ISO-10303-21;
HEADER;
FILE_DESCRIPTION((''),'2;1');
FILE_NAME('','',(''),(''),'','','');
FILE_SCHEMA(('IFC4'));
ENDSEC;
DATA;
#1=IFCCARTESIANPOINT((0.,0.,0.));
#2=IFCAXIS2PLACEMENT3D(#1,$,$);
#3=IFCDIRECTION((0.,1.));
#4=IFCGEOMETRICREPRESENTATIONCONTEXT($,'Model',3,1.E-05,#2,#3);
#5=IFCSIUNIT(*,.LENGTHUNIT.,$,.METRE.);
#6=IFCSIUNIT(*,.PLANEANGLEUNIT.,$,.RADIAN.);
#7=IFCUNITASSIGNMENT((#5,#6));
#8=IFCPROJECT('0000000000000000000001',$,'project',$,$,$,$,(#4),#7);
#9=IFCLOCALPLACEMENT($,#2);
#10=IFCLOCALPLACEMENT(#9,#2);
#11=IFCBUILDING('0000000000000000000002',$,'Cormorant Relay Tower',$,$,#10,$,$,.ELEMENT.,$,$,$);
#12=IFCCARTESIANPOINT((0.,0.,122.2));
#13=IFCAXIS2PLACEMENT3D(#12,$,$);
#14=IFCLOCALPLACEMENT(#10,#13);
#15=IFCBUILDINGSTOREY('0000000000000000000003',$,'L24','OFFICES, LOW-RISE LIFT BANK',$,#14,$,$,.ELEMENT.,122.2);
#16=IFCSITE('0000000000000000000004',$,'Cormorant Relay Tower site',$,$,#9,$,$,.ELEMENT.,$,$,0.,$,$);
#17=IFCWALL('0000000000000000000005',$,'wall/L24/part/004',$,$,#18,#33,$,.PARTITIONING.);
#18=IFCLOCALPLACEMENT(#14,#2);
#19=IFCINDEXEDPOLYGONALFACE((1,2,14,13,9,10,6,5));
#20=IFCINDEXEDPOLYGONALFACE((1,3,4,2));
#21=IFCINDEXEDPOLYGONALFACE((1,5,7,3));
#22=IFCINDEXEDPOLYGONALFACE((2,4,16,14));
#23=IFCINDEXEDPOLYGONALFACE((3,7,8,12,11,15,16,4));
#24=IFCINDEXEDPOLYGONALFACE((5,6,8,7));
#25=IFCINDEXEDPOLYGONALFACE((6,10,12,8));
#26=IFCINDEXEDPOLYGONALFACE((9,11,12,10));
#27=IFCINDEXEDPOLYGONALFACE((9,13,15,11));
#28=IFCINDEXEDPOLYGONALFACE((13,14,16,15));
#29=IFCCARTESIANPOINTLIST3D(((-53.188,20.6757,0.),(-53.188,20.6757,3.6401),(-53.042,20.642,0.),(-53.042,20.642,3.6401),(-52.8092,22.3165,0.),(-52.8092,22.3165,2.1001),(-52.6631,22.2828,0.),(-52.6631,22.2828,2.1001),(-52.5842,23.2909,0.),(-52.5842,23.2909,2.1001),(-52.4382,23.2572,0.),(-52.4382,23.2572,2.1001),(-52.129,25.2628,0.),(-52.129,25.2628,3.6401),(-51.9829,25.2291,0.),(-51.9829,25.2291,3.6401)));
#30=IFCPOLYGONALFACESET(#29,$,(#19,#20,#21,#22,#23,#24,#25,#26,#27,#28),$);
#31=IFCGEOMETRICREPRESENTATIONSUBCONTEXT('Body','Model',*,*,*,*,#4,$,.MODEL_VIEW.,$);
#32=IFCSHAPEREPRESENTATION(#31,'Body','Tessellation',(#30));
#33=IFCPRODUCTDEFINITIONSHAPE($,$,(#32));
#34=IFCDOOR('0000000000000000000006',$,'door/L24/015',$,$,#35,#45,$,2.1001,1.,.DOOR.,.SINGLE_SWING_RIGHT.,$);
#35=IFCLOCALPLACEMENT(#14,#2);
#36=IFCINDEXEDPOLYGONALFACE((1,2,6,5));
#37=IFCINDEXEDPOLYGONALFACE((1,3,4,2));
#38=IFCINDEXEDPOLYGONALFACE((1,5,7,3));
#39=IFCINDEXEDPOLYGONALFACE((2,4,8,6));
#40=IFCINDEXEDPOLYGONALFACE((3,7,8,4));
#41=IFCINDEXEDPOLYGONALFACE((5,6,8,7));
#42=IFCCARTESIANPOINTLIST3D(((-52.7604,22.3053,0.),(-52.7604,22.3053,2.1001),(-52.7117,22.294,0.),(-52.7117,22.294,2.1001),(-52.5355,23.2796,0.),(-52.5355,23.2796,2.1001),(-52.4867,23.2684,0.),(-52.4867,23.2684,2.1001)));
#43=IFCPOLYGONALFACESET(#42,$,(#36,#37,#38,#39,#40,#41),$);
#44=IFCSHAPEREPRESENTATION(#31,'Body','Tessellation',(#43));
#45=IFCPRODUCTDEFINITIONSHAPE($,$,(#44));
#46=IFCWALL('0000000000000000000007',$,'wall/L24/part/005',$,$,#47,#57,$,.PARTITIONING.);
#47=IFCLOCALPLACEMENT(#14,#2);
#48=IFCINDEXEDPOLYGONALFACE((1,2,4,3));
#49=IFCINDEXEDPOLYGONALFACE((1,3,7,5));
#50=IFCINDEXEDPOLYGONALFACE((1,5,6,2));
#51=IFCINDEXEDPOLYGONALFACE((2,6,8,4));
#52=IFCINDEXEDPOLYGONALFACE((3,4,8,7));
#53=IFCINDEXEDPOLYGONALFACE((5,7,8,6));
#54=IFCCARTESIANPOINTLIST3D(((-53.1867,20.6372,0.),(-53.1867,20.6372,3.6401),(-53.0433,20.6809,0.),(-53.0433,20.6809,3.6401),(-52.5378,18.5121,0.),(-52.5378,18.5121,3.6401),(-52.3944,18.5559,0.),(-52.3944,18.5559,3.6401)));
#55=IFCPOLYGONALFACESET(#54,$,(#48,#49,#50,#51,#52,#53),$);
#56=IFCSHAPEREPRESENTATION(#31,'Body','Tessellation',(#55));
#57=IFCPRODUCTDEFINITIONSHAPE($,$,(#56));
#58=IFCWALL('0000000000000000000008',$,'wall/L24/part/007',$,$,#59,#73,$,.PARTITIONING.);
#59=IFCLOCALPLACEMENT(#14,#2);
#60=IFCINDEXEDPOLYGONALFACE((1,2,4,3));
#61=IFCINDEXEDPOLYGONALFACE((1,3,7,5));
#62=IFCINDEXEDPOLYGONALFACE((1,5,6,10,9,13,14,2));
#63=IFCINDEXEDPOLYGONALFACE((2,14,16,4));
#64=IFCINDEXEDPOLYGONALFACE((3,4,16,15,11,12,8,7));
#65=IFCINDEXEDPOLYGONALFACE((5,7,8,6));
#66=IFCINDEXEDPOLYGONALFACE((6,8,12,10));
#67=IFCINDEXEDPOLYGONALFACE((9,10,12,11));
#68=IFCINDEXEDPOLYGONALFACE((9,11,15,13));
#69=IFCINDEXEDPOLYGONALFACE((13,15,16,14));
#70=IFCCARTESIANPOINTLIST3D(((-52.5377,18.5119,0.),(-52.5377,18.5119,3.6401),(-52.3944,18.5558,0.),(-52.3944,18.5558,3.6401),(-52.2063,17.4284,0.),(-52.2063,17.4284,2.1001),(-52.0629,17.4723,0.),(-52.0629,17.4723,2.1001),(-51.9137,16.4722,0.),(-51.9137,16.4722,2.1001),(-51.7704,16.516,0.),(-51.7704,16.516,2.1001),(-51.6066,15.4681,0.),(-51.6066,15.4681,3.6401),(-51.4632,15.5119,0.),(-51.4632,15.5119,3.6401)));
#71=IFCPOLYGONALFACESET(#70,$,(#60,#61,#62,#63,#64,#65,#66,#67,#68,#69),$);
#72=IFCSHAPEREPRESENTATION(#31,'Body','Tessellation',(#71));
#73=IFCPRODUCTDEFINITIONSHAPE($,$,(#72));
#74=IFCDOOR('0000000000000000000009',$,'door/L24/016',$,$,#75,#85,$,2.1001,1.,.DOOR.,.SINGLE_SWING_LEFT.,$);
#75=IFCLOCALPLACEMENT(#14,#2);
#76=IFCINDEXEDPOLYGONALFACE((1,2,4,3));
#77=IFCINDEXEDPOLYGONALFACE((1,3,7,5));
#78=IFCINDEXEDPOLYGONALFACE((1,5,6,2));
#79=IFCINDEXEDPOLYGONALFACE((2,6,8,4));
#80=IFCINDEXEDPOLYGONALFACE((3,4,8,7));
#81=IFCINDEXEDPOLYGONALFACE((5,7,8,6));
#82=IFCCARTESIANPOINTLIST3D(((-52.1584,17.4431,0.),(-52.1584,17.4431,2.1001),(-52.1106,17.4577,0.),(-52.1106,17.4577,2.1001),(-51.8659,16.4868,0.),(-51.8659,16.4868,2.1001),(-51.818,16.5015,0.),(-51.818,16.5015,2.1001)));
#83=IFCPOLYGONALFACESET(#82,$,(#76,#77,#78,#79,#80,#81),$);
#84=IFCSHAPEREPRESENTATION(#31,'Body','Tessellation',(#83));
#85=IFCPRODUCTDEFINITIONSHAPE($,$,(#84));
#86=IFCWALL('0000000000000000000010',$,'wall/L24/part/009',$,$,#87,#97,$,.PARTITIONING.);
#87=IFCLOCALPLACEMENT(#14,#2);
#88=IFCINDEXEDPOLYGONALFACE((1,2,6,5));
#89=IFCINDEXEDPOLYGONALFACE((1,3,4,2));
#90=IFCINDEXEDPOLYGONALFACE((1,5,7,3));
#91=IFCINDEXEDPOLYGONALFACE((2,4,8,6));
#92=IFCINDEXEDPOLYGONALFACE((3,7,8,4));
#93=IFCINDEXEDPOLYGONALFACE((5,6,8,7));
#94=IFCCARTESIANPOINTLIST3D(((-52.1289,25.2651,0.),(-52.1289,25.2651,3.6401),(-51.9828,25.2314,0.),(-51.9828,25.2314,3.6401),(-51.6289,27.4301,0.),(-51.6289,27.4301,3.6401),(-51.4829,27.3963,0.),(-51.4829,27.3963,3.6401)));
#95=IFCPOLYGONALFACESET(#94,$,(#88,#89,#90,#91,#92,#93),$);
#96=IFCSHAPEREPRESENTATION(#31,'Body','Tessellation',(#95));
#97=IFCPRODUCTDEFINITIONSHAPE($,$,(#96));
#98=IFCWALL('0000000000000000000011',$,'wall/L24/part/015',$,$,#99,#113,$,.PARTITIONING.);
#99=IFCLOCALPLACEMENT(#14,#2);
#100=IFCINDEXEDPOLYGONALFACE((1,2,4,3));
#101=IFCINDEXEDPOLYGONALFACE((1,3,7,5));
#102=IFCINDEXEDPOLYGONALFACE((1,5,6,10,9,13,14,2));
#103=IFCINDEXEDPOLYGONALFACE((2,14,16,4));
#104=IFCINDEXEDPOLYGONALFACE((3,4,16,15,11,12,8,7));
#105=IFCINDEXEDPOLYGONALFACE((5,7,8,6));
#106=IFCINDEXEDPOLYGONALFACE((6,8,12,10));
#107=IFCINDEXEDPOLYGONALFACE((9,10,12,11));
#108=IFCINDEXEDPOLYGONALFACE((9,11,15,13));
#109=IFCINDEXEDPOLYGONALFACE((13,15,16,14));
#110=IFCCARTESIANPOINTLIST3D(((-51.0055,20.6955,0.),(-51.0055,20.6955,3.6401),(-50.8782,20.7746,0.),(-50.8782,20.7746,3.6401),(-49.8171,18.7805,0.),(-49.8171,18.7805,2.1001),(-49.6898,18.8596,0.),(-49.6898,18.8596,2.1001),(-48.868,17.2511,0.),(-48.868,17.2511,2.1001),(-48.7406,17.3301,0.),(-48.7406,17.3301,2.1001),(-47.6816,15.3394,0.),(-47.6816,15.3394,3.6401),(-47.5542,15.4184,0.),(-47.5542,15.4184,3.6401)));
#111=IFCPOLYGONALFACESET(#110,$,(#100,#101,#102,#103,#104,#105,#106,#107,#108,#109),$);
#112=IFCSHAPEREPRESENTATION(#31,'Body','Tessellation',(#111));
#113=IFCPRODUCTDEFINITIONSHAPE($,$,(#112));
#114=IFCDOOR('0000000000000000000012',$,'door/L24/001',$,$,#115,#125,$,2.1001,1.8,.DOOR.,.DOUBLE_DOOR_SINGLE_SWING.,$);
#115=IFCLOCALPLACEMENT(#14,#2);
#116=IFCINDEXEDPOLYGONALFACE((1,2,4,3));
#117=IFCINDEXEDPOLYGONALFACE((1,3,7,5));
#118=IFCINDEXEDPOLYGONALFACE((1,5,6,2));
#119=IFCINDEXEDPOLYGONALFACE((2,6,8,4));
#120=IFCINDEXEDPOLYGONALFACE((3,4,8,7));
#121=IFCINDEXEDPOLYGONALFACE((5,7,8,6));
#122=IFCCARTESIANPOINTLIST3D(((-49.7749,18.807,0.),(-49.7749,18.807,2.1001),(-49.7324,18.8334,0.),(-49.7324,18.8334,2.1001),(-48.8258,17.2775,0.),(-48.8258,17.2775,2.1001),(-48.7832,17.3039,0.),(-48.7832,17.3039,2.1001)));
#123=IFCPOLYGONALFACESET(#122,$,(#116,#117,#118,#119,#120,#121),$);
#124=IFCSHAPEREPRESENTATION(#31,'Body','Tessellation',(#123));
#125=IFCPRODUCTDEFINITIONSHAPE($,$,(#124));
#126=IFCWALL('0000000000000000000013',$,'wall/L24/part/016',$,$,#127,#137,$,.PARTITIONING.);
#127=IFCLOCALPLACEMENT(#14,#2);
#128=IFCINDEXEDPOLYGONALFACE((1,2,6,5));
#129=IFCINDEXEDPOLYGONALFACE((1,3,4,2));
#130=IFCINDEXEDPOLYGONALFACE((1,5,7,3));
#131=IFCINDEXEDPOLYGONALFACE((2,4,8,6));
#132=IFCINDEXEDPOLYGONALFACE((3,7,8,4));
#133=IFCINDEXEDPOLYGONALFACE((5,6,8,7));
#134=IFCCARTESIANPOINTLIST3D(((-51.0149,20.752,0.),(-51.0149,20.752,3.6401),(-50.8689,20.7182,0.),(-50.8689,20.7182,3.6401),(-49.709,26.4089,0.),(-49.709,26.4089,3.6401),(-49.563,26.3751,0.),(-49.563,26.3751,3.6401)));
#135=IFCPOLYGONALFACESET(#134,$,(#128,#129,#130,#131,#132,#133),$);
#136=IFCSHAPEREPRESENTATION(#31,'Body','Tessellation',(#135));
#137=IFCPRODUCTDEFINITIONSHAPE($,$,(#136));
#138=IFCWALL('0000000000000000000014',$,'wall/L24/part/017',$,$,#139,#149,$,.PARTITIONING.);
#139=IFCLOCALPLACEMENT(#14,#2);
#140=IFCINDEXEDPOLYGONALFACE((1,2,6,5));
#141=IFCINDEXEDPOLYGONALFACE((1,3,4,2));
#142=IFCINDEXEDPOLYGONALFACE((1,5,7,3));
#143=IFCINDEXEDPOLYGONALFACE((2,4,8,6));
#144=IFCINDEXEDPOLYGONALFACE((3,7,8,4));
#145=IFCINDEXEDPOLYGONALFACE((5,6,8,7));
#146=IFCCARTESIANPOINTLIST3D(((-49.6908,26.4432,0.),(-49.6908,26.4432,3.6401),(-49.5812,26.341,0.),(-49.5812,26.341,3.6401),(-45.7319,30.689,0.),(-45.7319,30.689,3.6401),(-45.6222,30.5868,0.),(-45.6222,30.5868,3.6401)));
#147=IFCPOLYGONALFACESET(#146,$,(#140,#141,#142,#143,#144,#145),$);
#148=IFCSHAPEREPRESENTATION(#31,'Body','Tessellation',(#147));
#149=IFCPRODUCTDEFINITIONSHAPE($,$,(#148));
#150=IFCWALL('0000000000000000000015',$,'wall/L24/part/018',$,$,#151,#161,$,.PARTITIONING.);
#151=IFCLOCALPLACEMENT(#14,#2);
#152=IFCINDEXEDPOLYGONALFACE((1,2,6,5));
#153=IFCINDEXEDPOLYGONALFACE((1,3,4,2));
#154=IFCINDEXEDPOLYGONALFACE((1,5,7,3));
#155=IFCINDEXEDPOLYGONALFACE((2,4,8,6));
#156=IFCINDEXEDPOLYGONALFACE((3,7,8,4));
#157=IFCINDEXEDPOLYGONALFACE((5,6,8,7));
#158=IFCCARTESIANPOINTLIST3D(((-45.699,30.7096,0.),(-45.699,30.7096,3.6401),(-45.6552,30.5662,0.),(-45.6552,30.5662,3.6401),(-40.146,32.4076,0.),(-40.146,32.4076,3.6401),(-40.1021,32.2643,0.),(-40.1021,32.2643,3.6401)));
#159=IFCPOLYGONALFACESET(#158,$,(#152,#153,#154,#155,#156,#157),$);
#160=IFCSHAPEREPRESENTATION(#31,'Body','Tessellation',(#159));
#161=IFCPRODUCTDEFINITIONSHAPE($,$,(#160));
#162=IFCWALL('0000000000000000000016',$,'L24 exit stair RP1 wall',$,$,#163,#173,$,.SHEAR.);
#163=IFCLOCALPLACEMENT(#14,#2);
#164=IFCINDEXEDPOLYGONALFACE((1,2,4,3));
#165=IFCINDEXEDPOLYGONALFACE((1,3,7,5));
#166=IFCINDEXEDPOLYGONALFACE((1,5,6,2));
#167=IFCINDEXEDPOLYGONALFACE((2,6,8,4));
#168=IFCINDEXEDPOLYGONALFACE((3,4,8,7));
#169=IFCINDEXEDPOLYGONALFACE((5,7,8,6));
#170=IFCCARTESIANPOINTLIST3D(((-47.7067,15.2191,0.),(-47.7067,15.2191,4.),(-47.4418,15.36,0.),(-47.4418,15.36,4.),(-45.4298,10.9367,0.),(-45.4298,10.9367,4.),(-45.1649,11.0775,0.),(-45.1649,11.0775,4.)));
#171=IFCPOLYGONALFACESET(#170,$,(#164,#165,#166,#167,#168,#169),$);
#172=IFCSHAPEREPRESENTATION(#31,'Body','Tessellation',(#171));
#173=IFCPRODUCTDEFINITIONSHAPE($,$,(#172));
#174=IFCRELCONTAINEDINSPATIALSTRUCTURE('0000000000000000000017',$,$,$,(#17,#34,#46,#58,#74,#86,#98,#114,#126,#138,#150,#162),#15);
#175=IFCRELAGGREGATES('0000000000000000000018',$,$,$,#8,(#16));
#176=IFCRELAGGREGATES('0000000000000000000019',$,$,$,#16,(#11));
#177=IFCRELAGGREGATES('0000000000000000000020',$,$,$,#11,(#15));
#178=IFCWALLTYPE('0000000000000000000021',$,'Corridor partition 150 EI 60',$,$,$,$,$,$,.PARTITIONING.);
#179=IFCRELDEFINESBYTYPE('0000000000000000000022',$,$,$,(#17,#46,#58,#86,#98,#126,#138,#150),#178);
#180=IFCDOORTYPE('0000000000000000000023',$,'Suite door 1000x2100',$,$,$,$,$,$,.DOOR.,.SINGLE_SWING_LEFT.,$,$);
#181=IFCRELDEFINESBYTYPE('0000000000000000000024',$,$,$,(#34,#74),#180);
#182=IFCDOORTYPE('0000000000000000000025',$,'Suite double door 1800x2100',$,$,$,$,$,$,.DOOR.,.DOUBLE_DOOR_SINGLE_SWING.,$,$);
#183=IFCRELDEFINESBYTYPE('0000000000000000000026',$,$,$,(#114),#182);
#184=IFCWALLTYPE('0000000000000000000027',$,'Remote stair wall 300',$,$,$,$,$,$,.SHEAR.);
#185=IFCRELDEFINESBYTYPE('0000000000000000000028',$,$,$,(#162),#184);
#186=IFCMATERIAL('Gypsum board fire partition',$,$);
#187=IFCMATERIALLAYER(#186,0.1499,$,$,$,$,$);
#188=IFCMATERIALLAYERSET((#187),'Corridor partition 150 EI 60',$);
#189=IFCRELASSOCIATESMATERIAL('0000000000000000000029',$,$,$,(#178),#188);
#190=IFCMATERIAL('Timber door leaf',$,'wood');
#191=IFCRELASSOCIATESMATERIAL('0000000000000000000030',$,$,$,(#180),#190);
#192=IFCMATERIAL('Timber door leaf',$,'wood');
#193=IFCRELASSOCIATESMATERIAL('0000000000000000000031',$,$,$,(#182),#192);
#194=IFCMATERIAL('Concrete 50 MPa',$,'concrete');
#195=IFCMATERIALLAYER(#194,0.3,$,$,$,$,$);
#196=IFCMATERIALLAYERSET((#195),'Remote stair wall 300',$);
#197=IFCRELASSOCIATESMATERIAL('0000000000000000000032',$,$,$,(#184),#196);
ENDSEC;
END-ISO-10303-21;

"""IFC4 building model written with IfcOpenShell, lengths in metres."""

from ifc_helpers import new_model, si_unit, direction, frame, frame_2d, origin, place, context, subcontext, project, spatial, rectangle, extrude, material, layer, layer_set, type_object, element, fill, save


model = new_model("IFC4")

# Units and contexts
model_context = context("Model", 3, precision=1e-05, world=origin(), true_north=direction((0.0, 1.0)))
body_context = subcontext(model_context, "Body", "Model", "MODEL_VIEW")
ifc_project = project(units=[si_unit("LENGTHUNIT", "METRE"), si_unit("PLANEANGLEUNIT", "RADIAN")], contexts=[model_context])

# Site, building, storey
site_placement = place(None, origin())
site = spatial("IfcSite", under=ifc_project, at=site_placement, Name="Cormorant Relay Tower site", CompositionType="ELEMENT", RefElevation=0.0)
building_placement = place(site_placement, origin())
building = spatial("IfcBuilding", under=site, at=building_placement, Name="Cormorant Relay Tower", CompositionType="ELEMENT")
storey_placement = place(building_placement, frame((0.0, 0.0, 122.2)))
storey = spatial("IfcBuildingStorey", under=building, at=storey_placement, Name="L24", Description="OFFICES, LOW-RISE LIFT BANK", CompositionType="ELEMENT", Elevation=122.2)

# Wall, opening, door
ifc_material_1 = material(Name="Gypsum board fire partition")
ifc_layer_1 = layer(ifc_material_1, 0.1499)
ifc_layer_set_1 = layer_set([ifc_layer_1], Name="Corridor partition 150 EI 60")
wall_type_1 = type_object("IfcWallType", Name="Corridor partition 150 EI 60", PredefinedType="PARTITIONING", material=ifc_layer_set_1)
wall_1_placement = place(storey_placement, frame((-52.0559, 25.2461, 0.0), z_axis=(0.0, 0.0, 1.0), x_axis=(-0.224962, -0.974368, 0.0)))
wall_1 = element("IfcWall", 1, at=wall_1_placement, inside=storey, type_object=wall_type_1, Name="wall/L24/part/004", PredefinedType="PARTITIONING", context=body_context, shape_type="SweptSolid", body=[
    extrude(rectangle(XDim=4.7078, YDim=0.1499, at=frame_2d((2.354, 0.0))), origin(), (0.0, 0.0, 1.0), 3.6401),
])
opening_1_placement = place(wall_1_placement, frame((2.0239, 0.0, 0.0)))
opening_1 = element("IfcOpeningElement", 2, at=opening_1_placement, cuts=wall_1, PredefinedType="OPENING", context=body_context, shape_type="SweptSolid", body=[
    extrude(rectangle(XDim=1.0, YDim=2.1001, at=frame_2d((0.5, 1.05))), frame((0.0, 0.085, 0.0), z_axis=(0.0, -1.0, 0.0), x_axis=(1.0, 0.0, 0.0)), (0.0, 0.0, 1.0), 0.1699),
])
ifc_material_2 = material(Name="Timber door leaf", Category="wood")
door_type_1 = type_object("IfcDoorType", Name="Suite door 1000x2100", OperationType="SINGLE_SWING_LEFT", PredefinedType="DOOR", material=ifc_material_2)
door_1_placement = place(opening_1_placement, frame((1.0, 0.0, 0.0), z_axis=(0.0, 0.0, 1.0), x_axis=(-1.0, 0.0, 0.0)))
door_1 = element("IfcDoor", 3, at=door_1_placement, inside=storey, type_object=door_type_1, Name="door/L24/015", OperationType="SINGLE_SWING_RIGHT", OverallHeight=2.1001, OverallWidth=1.0, PredefinedType="DOOR", context=body_context, shape_type="SweptSolid", body=[
    extrude(rectangle(XDim=1.0, YDim=2.1001, at=frame_2d((0.5, 1.05))), frame((0.0, 0.0249, 0.0), z_axis=(0.0, -1.0, 0.0), x_axis=(1.0, 0.0, 0.0)), (0.0, 0.0, 1.0), 0.05),
])
fill(opening_1, door_1)

# Wall
wall_2_placement = place(storey_placement, frame((-53.115, 20.6589, 0.0), z_axis=(0.0, 0.0, 1.0), x_axis=(0.292062, -0.956399, 0.0)))
element("IfcWall", 4, at=wall_2_placement, inside=storey, type_object=wall_type_1, Name="wall/L24/part/005", PredefinedType="PARTITIONING", context=body_context, shape_type="SweptSolid", body=[
    extrude(rectangle(XDim=2.2219, YDim=0.1499, at=frame_2d((1.1108, 0.0))), origin(), (0.0, 0.0, 1.0), 3.6401),
])

# Wall, opening, door
wall_3_placement = place(storey_placement, frame((-51.5349, 15.49, 0.0), z_axis=(0.0, 0.0, 1.0), x_axis=(-0.292522, 0.956259, 0.0)))
wall_3 = element("IfcWall", 5, at=wall_3_placement, inside=storey, type_object=wall_type_1, Name="wall/L24/part/007", PredefinedType="PARTITIONING", context=body_context, shape_type="SweptSolid", body=[
    extrude(rectangle(XDim=3.1831, YDim=0.1499, at=frame_2d((1.5916, 0.0))), origin(), (0.0, 0.0, 1.0), 3.6401),
])
opening_2_placement = place(wall_3_placement, frame((1.05, 0.0, 0.0)))
opening_2 = element("IfcOpeningElement", 6, at=opening_2_placement, cuts=wall_3, PredefinedType="OPENING", context=body_context, shape_type="SweptSolid", body=[
    extrude(rectangle(XDim=1.0, YDim=2.1001, at=frame_2d((0.5, 1.05))), frame((0.0, 0.085, 0.0), z_axis=(0.0, -1.0, 0.0), x_axis=(1.0, 0.0, 0.0)), (0.0, 0.0, 1.0), 0.1699),
])
door_2_placement = place(opening_2_placement, origin())
door_2 = element("IfcDoor", 7, at=door_2_placement, inside=storey, type_object=door_type_1, Name="door/L24/016", OperationType="SINGLE_SWING_LEFT", OverallHeight=2.1001, OverallWidth=1.0, PredefinedType="DOOR", context=body_context, shape_type="SweptSolid", body=[
    extrude(rectangle(XDim=1.0, YDim=2.1001, at=frame_2d((0.5, 1.05))), frame((0.0, 0.0249, 0.0), z_axis=(0.0, -1.0, 0.0), x_axis=(1.0, 0.0, 0.0)), (0.0, 0.0, 1.0), 0.05),
])
fill(opening_2, door_2)

# Wall
wall_4_placement = place(storey_placement, frame((-51.5559, 27.4131, 0.0), z_axis=(0.0, 0.0, 1.0), x_axis=(-0.22502, -0.974354, 0.0)))
element("IfcWall", 8, at=wall_4_placement, inside=storey, type_object=wall_type_1, Name="wall/L24/part/009", PredefinedType="PARTITIONING", context=body_context, shape_type="SweptSolid", body=[
    extrude(rectangle(XDim=2.2219, YDim=0.1499, at=frame_2d((1.1108, 0.0))), origin(), (0.0, 0.0, 1.0), 3.6401),
])

# Wall, opening, door
wall_5_placement = place(storey_placement, frame((-47.6179, 15.3789, 0.0), z_axis=(0.0, 0.0, 1.0), x_axis=(-0.527298, 0.84968, 0.0)))
wall_5 = element("IfcWall", 9, at=wall_5_placement, inside=storey, type_object=wall_type_1, Name="wall/L24/part/015", PredefinedType="PARTITIONING", context=body_context, shape_type="SweptSolid", body=[
    extrude(rectangle(XDim=6.3037, YDim=0.1499, at=frame_2d((3.1519, 0.0))), origin(), (0.0, 0.0, 1.0), 3.6401),
])
opening_3_placement = place(wall_5_placement, frame((2.25, 0.0, 0.0)))
opening_3 = element("IfcOpeningElement", 10, at=opening_3_placement, cuts=wall_5, PredefinedType="OPENING", context=body_context, shape_type="SweptSolid", body=[
    extrude(rectangle(XDim=1.8, YDim=2.1001, at=frame_2d((0.8999, 1.05))), frame((0.0, 0.085, 0.0), z_axis=(0.0, -1.0, 0.0), x_axis=(1.0, 0.0, 0.0)), (0.0, 0.0, 1.0), 0.1699),
])
ifc_material_3 = material(Name="Timber door leaf", Category="wood")
door_type_2 = type_object("IfcDoorType", Name="Suite double door 1800x2100", OperationType="DOUBLE_DOOR_SINGLE_SWING", PredefinedType="DOOR", material=ifc_material_3)
door_3_placement = place(opening_3_placement, frame((1.8, 0.0, 0.0), z_axis=(0.0, 0.0, 1.0), x_axis=(-1.0, 0.0, 0.0)))
door_3 = element("IfcDoor", 11, at=door_3_placement, inside=storey, type_object=door_type_2, Name="door/L24/001", OperationType="DOUBLE_DOOR_SINGLE_SWING", OverallHeight=2.1001, OverallWidth=1.8, PredefinedType="DOOR", context=body_context, shape_type="SweptSolid", body=[
    extrude(rectangle(XDim=1.8, YDim=2.1001, at=frame_2d((0.8999, 1.05))), frame((0.0, 0.0249, 0.0), z_axis=(0.0, -1.0, 0.0), x_axis=(1.0, 0.0, 0.0)), (0.0, 0.0, 1.0), 0.05),
])
fill(opening_3, door_3)

# Walls
wall_6_placement = place(storey_placement, frame((-50.9419, 20.7351, 0.0), z_axis=(0.0, 0.0, 1.0), x_axis=(0.224933, 0.974374, 0.0)))
element("IfcWall", 12, at=wall_6_placement, inside=storey, type_object=wall_type_1, Name="wall/L24/part/016", PredefinedType="PARTITIONING", context=body_context, shape_type="SweptSolid", body=[
    extrude(rectangle(XDim=5.8057, YDim=0.1499, at=frame_2d((2.9028, 0.0))), origin(), (0.0, 0.0, 1.0), 3.6401),
])
wall_7_placement = place(storey_placement, frame((-49.636, 26.3921, 0.0), z_axis=(0.0, 0.0, 1.0), x_axis=(0.681968, 0.731382, 0.0)))
element("IfcWall", 13, at=wall_7_placement, inside=storey, type_object=wall_type_1, Name="wall/L24/part/017", PredefinedType="PARTITIONING", context=body_context, shape_type="SweptSolid", body=[
    extrude(rectangle(XDim=5.8052, YDim=0.1499, at=frame_2d((2.9026, 0.0))), origin(), (0.0, 0.0, 1.0), 3.6401),
])
wall_8_placement = place(storey_placement, frame((-45.677, 30.6379, 0.0), z_axis=(0.0, 0.0, 1.0), x_axis=(0.956291, 0.292416, 0.0)))
element("IfcWall", 14, at=wall_8_placement, inside=storey, type_object=wall_type_1, Name="wall/L24/part/018", PredefinedType="PARTITIONING", context=body_context, shape_type="SweptSolid", body=[
    extrude(rectangle(XDim=5.8069, YDim=0.1499, at=frame_2d((2.9033, 0.0))), origin(), (0.0, 0.0, 1.0), 3.6401),
])
ifc_material_4 = material(Name="Concrete 50 MPa", Category="concrete")
ifc_layer_2 = layer(ifc_material_4, 0.3)
ifc_layer_set_2 = layer_set([ifc_layer_2], Name="Remote stair wall 300")
wall_type_2 = type_object("IfcWallType", Name="Remote stair wall 300", PredefinedType="SHEAR", material=ifc_layer_set_2)
wall_9_placement = place(storey_placement, frame((-47.5742, 15.2896, 0.0), z_axis=(0.0, 0.0, 1.0), x_axis=(0.469443, -0.882963, 0.0)))
element("IfcWall", 15, at=wall_9_placement, inside=storey, type_object=wall_type_2, Name="L24 exit stair RP1 wall", PredefinedType="SHEAR", context=body_context, shape_type="SweptSolid", body=[
    extrude(rectangle(XDim=4.8501, YDim=0.3, at=frame_2d((2.425, 0.0))), origin(), (0.0, 0.0, 1.0), 4.0),
])

save(model, "model.ifc")
